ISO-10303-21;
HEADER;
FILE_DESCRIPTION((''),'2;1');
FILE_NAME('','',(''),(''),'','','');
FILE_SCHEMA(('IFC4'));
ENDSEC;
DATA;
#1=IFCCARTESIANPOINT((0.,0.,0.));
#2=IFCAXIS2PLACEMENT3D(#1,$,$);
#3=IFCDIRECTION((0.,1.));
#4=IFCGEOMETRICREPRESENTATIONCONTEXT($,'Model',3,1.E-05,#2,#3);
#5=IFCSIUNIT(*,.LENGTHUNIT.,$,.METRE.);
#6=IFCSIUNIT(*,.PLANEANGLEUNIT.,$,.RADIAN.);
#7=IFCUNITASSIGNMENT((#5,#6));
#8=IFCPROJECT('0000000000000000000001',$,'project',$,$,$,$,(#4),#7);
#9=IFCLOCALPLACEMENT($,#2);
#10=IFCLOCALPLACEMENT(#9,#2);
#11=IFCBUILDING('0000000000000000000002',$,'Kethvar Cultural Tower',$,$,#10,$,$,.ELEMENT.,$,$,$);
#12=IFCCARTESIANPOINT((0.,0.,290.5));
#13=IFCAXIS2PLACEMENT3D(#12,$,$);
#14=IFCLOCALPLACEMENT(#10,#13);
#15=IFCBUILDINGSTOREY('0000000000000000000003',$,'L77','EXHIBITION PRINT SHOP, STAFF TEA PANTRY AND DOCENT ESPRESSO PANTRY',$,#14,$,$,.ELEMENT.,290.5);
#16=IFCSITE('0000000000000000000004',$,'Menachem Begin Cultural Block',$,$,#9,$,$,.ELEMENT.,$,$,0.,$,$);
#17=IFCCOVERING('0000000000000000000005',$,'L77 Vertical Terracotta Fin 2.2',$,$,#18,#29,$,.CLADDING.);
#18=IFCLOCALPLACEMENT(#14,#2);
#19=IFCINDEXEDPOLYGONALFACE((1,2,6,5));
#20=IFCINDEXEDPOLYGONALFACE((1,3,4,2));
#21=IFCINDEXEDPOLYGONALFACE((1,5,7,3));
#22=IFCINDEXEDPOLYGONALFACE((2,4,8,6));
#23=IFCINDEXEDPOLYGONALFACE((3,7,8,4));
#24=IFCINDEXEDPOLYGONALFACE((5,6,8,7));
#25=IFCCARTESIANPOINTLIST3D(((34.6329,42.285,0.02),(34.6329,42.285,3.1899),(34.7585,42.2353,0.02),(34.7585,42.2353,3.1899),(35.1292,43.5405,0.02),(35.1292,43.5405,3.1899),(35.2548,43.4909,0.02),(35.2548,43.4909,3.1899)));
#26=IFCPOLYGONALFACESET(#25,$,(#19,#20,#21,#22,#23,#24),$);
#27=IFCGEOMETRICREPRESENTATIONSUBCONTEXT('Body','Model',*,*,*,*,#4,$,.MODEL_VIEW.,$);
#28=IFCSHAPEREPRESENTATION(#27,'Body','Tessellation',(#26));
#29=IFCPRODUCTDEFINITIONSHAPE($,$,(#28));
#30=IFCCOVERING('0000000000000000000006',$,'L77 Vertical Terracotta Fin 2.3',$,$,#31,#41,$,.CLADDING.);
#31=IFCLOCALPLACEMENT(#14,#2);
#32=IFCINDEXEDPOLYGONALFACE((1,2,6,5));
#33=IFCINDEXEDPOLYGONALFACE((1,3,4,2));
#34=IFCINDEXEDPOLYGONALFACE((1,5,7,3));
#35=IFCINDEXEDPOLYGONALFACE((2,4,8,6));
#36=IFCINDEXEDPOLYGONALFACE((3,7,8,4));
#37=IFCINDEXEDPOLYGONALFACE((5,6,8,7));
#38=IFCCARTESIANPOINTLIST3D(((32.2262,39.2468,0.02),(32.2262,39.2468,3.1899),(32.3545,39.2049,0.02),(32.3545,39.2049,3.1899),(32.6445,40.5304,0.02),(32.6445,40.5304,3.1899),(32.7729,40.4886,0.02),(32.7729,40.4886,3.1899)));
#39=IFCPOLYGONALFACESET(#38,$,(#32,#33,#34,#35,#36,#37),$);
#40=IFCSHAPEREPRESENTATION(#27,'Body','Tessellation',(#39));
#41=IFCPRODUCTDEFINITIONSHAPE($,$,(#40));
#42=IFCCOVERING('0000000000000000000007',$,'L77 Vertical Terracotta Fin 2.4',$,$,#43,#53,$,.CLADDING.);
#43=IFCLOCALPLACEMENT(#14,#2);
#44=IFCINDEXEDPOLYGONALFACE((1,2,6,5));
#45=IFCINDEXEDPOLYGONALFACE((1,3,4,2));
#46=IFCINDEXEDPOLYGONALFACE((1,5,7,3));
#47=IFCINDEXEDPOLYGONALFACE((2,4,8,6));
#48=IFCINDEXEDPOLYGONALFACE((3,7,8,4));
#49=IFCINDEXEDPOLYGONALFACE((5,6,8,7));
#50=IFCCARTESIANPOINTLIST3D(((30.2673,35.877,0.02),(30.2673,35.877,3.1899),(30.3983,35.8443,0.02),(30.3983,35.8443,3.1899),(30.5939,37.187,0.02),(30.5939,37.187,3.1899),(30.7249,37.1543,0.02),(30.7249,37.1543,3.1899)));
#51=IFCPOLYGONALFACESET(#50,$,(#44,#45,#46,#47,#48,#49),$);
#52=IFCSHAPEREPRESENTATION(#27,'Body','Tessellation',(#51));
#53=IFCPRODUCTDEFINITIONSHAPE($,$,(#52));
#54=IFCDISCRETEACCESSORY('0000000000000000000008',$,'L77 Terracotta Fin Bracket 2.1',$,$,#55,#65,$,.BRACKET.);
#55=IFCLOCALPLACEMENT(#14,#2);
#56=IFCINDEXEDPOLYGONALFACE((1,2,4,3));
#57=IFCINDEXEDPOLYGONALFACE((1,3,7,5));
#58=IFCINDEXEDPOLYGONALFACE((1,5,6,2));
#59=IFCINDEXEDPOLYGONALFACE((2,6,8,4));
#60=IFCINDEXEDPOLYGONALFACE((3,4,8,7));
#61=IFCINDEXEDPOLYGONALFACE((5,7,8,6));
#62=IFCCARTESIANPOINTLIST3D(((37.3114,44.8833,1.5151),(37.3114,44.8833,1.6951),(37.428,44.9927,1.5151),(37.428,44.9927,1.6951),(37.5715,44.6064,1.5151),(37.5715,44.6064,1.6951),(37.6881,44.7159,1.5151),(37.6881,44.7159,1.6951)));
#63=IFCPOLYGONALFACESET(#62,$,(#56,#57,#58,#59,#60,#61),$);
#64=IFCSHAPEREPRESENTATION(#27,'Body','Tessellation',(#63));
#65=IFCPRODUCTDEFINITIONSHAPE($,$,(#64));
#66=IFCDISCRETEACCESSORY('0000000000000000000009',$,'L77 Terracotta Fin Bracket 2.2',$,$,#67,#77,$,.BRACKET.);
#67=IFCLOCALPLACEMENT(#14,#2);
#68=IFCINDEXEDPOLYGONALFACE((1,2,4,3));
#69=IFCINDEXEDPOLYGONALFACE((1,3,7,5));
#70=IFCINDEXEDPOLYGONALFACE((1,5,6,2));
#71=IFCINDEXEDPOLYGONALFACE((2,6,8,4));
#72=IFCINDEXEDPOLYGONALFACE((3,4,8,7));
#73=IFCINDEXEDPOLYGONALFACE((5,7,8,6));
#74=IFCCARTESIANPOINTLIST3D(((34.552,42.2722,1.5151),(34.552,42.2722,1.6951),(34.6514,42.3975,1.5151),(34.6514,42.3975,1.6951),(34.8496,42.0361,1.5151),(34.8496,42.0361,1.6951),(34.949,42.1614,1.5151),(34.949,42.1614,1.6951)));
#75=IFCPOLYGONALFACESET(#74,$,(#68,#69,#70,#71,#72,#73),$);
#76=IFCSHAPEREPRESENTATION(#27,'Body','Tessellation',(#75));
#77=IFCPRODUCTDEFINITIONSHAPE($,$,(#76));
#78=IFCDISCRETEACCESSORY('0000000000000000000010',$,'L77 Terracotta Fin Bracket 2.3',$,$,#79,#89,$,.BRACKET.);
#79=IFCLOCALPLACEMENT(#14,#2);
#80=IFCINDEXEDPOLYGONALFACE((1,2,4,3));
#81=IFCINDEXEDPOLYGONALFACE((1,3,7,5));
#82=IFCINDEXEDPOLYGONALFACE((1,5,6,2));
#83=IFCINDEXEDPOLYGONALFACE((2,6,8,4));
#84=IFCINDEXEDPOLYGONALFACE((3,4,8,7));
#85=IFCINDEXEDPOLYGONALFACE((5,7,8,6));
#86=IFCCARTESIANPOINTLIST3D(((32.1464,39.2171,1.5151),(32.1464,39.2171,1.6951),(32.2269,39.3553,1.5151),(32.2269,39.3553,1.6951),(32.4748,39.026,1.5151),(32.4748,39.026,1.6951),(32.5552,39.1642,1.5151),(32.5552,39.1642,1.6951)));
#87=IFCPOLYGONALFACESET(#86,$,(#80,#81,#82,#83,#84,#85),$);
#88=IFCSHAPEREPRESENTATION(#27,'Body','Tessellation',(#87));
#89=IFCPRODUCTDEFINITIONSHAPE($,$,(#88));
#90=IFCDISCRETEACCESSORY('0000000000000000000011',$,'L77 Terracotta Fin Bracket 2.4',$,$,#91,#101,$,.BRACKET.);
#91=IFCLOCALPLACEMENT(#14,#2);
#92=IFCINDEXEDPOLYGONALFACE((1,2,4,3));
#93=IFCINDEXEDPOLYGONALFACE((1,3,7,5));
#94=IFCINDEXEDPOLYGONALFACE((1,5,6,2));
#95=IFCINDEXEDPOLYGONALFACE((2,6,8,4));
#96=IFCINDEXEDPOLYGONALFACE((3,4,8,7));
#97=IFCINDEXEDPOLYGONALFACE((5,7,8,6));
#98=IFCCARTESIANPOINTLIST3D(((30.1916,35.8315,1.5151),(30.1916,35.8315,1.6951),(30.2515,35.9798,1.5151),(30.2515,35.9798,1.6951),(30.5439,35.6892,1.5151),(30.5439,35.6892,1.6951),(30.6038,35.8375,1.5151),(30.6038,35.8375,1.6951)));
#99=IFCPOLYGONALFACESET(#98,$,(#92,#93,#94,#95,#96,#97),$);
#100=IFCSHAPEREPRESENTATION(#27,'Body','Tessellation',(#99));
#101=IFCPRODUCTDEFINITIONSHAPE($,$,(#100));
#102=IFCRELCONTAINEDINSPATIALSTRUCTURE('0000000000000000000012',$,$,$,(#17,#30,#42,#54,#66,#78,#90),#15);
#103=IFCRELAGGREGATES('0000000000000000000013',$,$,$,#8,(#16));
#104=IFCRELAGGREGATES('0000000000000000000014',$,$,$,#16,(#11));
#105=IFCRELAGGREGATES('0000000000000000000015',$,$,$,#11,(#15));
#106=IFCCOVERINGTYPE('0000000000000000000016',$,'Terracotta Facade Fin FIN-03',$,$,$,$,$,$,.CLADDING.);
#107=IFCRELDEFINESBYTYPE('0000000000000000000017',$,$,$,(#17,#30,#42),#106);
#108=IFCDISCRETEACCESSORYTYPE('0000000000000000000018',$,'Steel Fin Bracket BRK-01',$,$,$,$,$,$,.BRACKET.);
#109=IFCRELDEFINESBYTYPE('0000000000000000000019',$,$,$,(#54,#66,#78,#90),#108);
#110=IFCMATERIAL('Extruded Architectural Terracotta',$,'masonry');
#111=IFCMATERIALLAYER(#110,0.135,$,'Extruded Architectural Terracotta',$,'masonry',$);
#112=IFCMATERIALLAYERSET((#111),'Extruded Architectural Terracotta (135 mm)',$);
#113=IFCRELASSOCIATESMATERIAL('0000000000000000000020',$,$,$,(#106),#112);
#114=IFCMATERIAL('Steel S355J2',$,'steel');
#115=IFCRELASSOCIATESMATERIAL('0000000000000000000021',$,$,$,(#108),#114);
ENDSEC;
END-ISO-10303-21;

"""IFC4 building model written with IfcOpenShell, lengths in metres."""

from ifc_helpers import new_model, si_unit, direction, frame, origin, origin_2d, place, context, subcontext, project, spatial, rectangle, extrude, source, transform, mapped, material, layer, layer_set, type_object, element, save


model = new_model("IFC4")

# Units and contexts
model_context = context("Model", 3, precision=1e-05, world=origin(), true_north=direction((0.0, 1.0)))
body_context = subcontext(model_context, "Body", "Model", "MODEL_VIEW")
ifc_project = project(units=[si_unit("LENGTHUNIT", "METRE"), si_unit("PLANEANGLEUNIT", "RADIAN")], contexts=[model_context])

# Site, building, storey
site_placement = place(None, origin())
site = spatial("IfcSite", under=ifc_project, at=site_placement, Name="Menachem Begin Cultural Block", CompositionType="ELEMENT", RefElevation=0.0)
building_placement = place(site_placement, origin())
building = spatial("IfcBuilding", under=site, at=building_placement, Name="Kethvar Cultural Tower", CompositionType="ELEMENT")
storey_placement = place(building_placement, frame((0.0, 0.0, 290.5)))
storey = spatial("IfcBuildingStorey", under=building, at=storey_placement, Name="L77", Description="EXHIBITION PRINT SHOP, STAFF TEA PANTRY AND DOCENT ESPRESSO PANTRY", CompositionType="ELEMENT", Elevation=290.5)

# Shared definitions
ifc_material_1 = material(Name="Steel S355J2", Category="steel")

# Coverings
ifc_material_2 = material(Name="Extruded Architectural Terracotta", Category="masonry")
ifc_layer_1 = layer(ifc_material_2, 0.135, Name="Extruded Architectural Terracotta", Category="masonry")
ifc_layer_set_1 = layer_set([ifc_layer_1], Name="Extruded Architectural Terracotta (135 mm)")
covering_type = type_object("IfcCoveringType", Name="Terracotta Facade Fin FIN-03", PredefinedType="CLADDING", material=ifc_layer_set_1)
shared_shape_1 = source(origin(), body_context, "Body", "SweptSolid", [
    extrude(rectangle(XDim=1.3501, YDim=0.135, at=origin_2d()), origin(), (0.0, 0.0, 1.0), 3.1699),
])
for number, where, z_axis, x_axis, name in (
    (1, (34.9438, 42.8879, 0.02), (0.0, 0.0, 1.0), (0.367638, 0.929969, 0.0), "L77 Vertical Terracotta Fin 2.2"),
    (2, (32.4995, 39.8677, 0.02), (0.0, 0.0, 1.0), (0.309847, 0.950786, 0.0), "L77 Vertical Terracotta Fin 2.3"),
    (3, (30.4961, 36.5156, 0.02), (0.0, 0.0, 1.0), (0.241922, 0.970296, 0.0), "L77 Vertical Terracotta Fin 2.4"),
):
    element("IfcCovering", number, at=place(storey_placement, frame(where, z_axis=z_axis, x_axis=x_axis)), inside=storey, type_object=covering_type, Name=name, PredefinedType="CLADDING", context=body_context, shape_type="MappedRepresentation", body=[
        mapped(shared_shape_1, transform((0.0, 0.0, 0.0), scale=1.0)),
    ])

# Discrete accessories
discrete_accessory_type = type_object("IfcDiscreteAccessoryType", Name="Steel Fin Bracket BRK-01", PredefinedType="BRACKET", material=ifc_material_1)
shared_shape_2 = source(origin(), body_context, "Body", "SweptSolid", [
    extrude(rectangle(XDim=0.3799, YDim=0.1599, at=origin_2d()), origin(), (0.0, 0.0, 1.0), 0.1799),
])
for number, where, z_axis, x_axis, name in (
    (4, (37.4998, 44.7996, 1.5151), (0.0, 0.0, 1.0), (-0.684674, 0.728849, 0.0), "L77 Terracotta Fin Bracket 2.1"),
    (5, (34.7505, 42.2168, 1.5151), (0.0, 0.0, 1.0), (-0.783477, 0.621421, 0.0), "L77 Terracotta Fin Bracket 2.2"),
    (6, (32.3508, 39.1907, 1.5151), (0.0, 0.0, 1.0), (-0.864275, 0.50302, 0.0), "L77 Terracotta Fin Bracket 2.3"),
    (7, (30.3977, 35.8345, 1.5151), (0.0, 0.0, 1.0), (-0.927184, 0.374607, 0.0), "L77 Terracotta Fin Bracket 2.4"),
):
    element("IfcDiscreteAccessory", number, at=place(storey_placement, frame(where, z_axis=z_axis, x_axis=x_axis)), inside=storey, type_object=discrete_accessory_type, Name=name, PredefinedType="BRACKET", context=body_context, shape_type="MappedRepresentation", body=[
        mapped(shared_shape_2, transform((0.0, 0.0, 0.0), scale=1.0)),
    ])

save(model, "model.ifc")
